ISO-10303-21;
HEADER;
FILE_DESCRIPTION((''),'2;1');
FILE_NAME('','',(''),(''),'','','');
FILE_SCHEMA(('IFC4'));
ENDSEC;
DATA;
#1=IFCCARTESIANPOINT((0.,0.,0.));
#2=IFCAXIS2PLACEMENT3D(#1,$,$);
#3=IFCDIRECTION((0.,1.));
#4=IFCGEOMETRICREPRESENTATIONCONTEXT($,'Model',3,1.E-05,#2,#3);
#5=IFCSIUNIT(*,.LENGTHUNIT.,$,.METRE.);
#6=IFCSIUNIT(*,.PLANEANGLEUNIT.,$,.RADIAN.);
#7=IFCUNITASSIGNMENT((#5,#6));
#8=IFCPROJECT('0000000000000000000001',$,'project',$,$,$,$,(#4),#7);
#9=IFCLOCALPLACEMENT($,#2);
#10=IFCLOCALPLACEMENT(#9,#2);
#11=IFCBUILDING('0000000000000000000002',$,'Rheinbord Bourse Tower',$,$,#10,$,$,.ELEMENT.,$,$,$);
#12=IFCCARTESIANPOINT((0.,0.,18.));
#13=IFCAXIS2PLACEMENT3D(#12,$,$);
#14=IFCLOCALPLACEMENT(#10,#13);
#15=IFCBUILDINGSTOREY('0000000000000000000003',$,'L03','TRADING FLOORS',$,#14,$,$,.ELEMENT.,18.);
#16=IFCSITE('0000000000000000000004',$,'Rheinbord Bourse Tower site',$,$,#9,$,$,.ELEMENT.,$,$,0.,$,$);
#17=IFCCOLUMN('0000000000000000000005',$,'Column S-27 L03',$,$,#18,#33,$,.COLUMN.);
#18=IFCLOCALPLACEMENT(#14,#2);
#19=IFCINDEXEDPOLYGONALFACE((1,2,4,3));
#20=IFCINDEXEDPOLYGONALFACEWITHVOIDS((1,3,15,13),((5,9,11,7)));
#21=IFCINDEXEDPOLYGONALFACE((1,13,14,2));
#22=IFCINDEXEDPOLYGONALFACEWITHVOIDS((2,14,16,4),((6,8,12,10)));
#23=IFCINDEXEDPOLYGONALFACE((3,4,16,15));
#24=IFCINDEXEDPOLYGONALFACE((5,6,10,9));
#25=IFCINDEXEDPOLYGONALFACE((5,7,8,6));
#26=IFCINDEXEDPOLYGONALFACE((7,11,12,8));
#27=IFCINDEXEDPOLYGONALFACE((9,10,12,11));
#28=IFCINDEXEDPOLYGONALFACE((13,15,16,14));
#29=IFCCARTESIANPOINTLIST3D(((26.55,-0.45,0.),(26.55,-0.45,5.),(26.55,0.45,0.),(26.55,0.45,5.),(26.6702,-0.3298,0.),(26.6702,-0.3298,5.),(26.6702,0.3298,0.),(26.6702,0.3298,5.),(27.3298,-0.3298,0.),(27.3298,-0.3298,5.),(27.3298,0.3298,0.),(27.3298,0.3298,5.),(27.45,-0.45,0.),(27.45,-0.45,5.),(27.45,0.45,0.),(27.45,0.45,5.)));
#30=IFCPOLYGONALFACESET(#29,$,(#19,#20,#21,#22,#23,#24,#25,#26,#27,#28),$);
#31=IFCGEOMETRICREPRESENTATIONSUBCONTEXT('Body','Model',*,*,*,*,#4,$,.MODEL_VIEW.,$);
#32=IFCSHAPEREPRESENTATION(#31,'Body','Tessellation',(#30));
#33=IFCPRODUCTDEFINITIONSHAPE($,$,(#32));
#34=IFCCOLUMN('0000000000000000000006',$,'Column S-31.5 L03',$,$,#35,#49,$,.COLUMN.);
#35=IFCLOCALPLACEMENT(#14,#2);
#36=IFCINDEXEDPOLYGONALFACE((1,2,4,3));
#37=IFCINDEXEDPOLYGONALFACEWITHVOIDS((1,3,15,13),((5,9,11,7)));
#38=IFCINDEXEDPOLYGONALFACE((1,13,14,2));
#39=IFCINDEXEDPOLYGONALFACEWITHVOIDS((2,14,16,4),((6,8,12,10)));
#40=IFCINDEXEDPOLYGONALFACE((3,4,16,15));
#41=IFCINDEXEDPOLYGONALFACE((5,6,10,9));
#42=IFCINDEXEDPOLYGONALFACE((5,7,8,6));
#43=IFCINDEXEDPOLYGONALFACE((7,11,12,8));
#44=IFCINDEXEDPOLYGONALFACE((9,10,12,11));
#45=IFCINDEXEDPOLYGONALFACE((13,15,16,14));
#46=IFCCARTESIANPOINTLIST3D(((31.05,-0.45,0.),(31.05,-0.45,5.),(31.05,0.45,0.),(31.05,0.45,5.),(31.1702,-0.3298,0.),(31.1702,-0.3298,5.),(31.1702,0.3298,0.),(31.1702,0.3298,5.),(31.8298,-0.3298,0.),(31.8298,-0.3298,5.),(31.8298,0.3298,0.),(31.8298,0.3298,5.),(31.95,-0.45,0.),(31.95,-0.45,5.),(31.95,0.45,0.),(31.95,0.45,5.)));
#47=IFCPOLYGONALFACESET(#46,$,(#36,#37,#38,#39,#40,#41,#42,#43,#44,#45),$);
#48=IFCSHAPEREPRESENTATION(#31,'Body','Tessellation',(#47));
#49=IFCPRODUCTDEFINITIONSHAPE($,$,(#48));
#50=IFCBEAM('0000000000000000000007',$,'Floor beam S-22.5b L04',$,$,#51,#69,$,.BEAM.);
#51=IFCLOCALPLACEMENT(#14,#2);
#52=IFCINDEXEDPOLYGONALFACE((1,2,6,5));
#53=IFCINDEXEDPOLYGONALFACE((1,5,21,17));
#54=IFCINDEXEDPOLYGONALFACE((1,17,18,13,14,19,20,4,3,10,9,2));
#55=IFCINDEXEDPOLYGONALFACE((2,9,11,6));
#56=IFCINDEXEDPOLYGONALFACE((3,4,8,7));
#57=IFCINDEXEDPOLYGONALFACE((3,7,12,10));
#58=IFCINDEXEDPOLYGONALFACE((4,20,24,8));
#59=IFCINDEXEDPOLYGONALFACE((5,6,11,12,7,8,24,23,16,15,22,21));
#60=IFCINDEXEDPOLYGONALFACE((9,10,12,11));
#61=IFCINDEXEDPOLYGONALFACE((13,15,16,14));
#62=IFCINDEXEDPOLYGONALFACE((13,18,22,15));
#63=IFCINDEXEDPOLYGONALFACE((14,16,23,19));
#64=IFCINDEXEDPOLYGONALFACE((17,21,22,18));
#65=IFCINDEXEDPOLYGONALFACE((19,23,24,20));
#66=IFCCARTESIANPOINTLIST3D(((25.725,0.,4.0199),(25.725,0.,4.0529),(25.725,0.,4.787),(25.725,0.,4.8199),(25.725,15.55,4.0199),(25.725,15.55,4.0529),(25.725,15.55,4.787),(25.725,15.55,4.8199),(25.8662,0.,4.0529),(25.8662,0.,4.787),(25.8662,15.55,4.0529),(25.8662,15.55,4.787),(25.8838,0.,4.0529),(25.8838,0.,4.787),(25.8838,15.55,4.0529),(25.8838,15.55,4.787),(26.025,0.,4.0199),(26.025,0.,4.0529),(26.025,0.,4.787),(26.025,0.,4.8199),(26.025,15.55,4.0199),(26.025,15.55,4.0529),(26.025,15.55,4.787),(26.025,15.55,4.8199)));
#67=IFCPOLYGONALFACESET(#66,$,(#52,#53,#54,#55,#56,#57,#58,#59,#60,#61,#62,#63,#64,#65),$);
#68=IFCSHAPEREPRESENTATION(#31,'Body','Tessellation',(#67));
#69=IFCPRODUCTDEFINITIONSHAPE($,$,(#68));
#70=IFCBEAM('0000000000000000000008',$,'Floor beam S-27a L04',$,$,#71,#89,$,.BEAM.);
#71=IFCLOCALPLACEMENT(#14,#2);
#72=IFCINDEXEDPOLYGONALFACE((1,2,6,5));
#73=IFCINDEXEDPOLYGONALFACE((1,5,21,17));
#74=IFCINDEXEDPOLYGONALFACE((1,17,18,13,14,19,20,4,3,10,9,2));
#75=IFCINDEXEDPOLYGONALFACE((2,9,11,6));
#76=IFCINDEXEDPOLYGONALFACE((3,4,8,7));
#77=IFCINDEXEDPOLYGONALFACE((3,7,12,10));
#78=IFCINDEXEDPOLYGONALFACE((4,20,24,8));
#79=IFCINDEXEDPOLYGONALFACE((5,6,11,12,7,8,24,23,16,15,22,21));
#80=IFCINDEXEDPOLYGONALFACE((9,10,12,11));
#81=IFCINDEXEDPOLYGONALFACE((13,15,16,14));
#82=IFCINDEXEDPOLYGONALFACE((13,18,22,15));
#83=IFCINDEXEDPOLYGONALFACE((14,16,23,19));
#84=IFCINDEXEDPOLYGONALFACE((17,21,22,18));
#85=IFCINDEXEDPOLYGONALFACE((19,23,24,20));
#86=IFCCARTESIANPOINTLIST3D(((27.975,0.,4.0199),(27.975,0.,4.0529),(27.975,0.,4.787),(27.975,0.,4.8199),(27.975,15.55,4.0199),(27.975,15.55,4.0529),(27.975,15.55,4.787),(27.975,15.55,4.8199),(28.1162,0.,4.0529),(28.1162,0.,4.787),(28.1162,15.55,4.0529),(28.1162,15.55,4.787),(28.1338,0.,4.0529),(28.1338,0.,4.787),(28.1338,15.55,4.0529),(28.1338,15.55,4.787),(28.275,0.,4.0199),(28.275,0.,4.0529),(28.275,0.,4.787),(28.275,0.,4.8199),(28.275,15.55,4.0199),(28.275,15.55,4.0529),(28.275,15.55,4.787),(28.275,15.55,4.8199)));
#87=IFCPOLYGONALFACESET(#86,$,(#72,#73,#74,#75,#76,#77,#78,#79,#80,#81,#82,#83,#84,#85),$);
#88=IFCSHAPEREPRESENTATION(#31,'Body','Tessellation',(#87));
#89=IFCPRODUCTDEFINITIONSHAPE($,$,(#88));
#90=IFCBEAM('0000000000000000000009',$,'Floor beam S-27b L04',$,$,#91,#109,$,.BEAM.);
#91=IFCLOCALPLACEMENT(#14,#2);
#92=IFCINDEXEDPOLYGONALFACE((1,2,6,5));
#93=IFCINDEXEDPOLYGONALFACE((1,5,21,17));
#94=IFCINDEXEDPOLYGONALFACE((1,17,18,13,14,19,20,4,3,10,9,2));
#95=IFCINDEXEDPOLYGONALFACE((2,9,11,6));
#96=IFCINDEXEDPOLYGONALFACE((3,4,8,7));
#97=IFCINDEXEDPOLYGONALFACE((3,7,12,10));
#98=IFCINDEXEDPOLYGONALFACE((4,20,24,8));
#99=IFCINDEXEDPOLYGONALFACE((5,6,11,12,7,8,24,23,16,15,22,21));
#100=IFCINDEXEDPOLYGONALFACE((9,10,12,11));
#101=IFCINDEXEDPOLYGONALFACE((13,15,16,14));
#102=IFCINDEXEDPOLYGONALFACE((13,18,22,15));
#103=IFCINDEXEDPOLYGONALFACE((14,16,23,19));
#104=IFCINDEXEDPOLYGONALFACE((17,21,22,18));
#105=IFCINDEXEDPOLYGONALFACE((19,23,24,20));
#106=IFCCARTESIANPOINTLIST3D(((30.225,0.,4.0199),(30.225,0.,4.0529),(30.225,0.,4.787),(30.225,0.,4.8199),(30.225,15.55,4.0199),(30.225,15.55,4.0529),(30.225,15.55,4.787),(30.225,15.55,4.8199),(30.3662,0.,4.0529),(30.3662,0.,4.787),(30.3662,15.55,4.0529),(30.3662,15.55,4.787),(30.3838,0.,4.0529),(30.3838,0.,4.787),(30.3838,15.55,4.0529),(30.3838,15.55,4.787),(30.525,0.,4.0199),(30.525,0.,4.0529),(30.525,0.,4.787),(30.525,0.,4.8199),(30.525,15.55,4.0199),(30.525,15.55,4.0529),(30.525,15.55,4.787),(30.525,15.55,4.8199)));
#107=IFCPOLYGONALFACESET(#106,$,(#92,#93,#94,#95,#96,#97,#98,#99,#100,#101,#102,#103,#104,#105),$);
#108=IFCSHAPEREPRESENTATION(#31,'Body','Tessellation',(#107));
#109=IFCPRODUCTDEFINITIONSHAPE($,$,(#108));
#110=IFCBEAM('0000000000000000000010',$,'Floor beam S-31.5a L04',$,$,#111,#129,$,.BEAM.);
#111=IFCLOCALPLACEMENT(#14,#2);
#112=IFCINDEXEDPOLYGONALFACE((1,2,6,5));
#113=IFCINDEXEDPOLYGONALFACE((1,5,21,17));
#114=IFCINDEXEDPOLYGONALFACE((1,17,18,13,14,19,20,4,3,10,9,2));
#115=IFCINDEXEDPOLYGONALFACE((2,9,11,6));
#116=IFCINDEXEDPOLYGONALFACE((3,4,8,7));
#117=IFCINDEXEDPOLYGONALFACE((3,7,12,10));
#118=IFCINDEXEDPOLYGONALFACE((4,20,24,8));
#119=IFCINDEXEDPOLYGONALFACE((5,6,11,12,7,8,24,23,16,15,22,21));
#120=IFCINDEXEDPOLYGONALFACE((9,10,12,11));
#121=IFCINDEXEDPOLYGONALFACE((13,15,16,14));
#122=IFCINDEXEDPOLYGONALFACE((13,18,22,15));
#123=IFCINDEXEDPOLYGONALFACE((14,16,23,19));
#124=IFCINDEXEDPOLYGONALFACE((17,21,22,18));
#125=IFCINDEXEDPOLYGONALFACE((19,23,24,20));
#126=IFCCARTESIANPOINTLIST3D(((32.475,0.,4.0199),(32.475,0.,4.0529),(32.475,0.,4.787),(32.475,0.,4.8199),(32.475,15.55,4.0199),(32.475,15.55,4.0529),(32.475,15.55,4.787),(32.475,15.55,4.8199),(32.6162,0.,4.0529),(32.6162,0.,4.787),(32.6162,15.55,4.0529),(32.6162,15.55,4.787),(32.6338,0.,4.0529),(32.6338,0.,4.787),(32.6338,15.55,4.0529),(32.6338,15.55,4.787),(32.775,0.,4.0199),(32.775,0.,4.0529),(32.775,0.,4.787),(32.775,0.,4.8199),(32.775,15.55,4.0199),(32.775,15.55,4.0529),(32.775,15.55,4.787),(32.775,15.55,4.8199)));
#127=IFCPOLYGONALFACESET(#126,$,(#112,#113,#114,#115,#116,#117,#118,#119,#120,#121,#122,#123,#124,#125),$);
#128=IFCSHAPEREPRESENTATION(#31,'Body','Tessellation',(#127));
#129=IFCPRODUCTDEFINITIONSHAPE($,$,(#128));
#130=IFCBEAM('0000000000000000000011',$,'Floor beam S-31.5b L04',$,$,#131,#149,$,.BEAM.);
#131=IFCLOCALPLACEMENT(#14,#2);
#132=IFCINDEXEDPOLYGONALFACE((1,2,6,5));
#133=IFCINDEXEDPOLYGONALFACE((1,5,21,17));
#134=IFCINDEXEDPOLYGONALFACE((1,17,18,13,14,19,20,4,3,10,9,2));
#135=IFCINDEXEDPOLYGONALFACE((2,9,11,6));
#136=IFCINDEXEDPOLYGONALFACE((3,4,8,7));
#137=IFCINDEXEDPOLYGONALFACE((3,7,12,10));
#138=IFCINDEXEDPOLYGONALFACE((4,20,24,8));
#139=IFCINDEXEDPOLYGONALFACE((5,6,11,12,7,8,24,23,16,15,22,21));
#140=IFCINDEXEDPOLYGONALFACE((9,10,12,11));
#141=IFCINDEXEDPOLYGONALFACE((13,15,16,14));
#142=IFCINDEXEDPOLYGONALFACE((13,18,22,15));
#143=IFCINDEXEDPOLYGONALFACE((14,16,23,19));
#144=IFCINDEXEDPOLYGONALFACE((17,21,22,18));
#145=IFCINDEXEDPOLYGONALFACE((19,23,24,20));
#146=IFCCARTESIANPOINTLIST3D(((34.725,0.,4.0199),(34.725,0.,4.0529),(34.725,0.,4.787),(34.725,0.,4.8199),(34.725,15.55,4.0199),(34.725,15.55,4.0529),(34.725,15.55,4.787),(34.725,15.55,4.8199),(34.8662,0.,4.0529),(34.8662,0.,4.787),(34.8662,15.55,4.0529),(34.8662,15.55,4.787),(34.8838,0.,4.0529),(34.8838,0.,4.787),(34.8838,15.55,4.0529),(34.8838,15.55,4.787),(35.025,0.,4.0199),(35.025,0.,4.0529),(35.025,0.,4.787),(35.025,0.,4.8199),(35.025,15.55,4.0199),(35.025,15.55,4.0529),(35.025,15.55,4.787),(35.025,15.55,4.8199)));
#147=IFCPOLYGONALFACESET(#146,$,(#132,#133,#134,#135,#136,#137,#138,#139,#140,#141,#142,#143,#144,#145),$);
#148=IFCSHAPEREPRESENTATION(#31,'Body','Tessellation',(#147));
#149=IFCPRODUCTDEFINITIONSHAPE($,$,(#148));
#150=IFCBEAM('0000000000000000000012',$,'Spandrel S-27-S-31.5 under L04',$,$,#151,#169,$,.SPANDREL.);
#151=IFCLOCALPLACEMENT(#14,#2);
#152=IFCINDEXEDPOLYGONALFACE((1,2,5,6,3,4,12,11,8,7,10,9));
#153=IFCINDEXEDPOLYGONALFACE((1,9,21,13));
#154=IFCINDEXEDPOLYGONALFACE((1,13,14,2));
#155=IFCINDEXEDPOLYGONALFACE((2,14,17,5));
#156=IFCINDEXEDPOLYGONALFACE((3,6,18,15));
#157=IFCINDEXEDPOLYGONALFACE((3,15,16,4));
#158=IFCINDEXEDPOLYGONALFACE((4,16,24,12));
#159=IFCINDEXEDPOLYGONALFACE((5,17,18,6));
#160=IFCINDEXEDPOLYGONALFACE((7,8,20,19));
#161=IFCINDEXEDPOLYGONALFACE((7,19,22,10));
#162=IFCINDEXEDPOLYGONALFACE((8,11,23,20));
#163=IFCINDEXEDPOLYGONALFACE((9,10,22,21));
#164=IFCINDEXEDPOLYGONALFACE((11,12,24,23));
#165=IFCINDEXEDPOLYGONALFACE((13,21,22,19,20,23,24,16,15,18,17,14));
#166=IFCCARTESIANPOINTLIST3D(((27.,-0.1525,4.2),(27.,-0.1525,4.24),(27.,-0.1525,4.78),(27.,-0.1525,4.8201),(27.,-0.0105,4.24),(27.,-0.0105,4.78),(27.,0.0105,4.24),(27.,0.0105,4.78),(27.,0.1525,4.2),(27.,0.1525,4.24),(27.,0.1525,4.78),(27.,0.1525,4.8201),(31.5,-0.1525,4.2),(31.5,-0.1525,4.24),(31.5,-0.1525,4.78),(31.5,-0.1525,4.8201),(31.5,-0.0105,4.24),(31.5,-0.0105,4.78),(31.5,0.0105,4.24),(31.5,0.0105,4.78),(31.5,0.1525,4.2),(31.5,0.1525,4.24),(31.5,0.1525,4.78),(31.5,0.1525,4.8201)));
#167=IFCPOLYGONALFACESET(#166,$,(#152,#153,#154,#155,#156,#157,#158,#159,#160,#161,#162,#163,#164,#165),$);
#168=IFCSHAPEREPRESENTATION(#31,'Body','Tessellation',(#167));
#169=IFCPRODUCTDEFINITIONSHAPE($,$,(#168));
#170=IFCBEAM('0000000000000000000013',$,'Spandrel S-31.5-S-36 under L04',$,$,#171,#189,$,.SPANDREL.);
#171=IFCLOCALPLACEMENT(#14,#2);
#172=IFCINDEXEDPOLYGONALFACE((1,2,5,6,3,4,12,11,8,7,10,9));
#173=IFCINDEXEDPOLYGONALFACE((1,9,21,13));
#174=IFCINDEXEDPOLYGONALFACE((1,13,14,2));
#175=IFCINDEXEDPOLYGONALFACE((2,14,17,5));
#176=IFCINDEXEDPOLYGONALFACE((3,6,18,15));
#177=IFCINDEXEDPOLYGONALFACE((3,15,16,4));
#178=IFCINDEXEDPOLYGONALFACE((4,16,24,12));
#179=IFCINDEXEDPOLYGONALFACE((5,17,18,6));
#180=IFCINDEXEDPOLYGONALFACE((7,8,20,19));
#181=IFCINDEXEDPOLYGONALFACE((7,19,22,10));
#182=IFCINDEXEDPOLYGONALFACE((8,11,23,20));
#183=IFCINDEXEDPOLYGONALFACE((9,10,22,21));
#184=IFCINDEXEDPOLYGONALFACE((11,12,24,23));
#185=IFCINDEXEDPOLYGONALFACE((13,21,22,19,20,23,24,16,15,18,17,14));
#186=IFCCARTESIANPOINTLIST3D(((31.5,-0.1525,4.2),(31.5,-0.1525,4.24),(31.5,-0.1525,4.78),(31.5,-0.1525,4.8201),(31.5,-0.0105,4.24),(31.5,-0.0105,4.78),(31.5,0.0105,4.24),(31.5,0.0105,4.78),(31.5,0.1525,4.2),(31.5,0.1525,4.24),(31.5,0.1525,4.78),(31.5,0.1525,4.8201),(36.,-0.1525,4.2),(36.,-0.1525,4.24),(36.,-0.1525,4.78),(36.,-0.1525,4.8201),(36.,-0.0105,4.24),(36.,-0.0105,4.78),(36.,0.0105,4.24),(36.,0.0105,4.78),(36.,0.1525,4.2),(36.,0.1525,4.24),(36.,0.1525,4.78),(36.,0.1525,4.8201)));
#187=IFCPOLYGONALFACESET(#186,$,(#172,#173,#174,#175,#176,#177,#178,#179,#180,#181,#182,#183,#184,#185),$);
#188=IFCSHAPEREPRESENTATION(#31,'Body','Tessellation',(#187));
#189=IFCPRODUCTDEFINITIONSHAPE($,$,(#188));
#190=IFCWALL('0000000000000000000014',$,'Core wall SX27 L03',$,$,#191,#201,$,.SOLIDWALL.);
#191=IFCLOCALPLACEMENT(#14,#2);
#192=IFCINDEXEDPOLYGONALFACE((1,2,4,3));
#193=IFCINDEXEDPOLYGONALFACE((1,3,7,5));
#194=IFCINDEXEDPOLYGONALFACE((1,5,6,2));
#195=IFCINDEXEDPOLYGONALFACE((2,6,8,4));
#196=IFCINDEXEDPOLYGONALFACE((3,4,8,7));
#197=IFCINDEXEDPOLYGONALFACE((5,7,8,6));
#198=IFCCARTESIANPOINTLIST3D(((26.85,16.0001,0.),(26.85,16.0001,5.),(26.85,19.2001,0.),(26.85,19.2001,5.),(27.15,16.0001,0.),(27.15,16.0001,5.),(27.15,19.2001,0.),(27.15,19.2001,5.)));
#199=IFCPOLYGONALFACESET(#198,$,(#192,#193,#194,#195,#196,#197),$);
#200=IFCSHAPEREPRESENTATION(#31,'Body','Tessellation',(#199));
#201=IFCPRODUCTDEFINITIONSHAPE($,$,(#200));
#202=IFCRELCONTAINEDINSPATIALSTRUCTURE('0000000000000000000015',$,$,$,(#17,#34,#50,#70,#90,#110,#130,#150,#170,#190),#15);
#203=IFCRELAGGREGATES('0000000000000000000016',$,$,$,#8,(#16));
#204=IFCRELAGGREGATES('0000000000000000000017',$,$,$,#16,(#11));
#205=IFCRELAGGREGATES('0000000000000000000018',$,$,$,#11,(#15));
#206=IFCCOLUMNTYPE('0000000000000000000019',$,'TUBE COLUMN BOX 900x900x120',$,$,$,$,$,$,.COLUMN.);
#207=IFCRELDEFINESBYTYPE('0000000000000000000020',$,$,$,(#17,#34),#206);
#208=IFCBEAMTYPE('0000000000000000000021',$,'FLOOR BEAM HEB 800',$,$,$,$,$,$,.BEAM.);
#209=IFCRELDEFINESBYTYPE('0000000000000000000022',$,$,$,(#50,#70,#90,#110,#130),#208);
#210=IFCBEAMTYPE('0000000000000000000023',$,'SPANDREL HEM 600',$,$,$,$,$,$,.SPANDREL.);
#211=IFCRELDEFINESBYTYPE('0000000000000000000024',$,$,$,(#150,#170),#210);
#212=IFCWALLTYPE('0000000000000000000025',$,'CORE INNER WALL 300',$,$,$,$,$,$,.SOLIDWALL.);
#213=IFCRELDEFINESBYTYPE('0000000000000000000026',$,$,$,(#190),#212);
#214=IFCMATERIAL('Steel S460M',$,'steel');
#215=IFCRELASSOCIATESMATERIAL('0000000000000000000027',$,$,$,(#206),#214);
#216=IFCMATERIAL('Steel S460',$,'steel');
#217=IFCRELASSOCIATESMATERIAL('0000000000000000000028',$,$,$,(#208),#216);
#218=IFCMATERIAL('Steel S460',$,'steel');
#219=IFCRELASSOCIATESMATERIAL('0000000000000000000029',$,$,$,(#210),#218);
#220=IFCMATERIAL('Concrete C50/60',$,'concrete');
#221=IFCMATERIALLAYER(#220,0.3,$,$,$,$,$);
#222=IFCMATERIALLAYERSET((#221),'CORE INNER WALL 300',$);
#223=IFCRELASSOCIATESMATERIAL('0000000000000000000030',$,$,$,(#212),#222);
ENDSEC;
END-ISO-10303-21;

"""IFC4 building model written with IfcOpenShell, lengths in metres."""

from ifc_helpers import new_model, si_unit, direction, frame, frame_2d, origin, origin_2d, place, context, subcontext, project, spatial, rectangle, hollow_rectangle, i_section, extrude, material, layer, layer_set, material_profile, profile_set, type_object, element, save


model = new_model("IFC4")

# Units and contexts
model_context = context("Model", 3, precision=1e-05, world=origin(), true_north=direction((0.0, 1.0)))
body_context = subcontext(model_context, "Body", "Model", "MODEL_VIEW")
ifc_project = project(units=[si_unit("LENGTHUNIT", "METRE"), si_unit("PLANEANGLEUNIT", "RADIAN")], contexts=[model_context])

# Site, building, storey
site_placement = place(None, origin())
site = spatial("IfcSite", under=ifc_project, at=site_placement, Name="Rheinbord Bourse Tower site", CompositionType="ELEMENT", RefElevation=0.0)
building_placement = place(site_placement, origin())
building = spatial("IfcBuilding", under=site, at=building_placement, Name="Rheinbord Bourse Tower", CompositionType="ELEMENT")
storey_placement = place(building_placement, frame((0.0, 0.0, 18.0)))
storey = spatial("IfcBuildingStorey", under=building, at=storey_placement, Name="L03", Description="TRADING FLOORS", CompositionType="ELEMENT", Elevation=18.0)

# Columns
ifc_material_1 = material(Name="Steel S460M", Category="steel")
ifc_material_profile_1 = material_profile(ifc_material_1, hollow_rectangle(XDim=0.8999, YDim=0.8999, WallThickness=0.1201, at=origin_2d()), Name="BOX 900x900x120")
ifc_profile_set_1 = profile_set([ifc_material_profile_1], Name="Steel S460M")
column_type = type_object("IfcColumnType", Name="TUBE COLUMN BOX 900x900x120", PredefinedType="COLUMN", material=ifc_profile_set_1)
for number, where, z_axis, x_axis, name in (
    (1, (27.0, 0.0, 0.0), (0.0, 0.0, 1.0), (0.0, 1.0, 0.0), "Column S-27 L03"),
    (2, (31.5, 0.0, 0.0), (0.0, 0.0, 1.0), (0.0, 1.0, 0.0), "Column S-31.5 L03"),
):
    element("IfcColumn", number, at=place(storey_placement, frame(where, z_axis=z_axis, x_axis=x_axis)), inside=storey, type_object=column_type, Name=name, PredefinedType="COLUMN", context=body_context, shape_type="SweptSolid", body=[
        extrude(hollow_rectangle(XDim=0.8999, YDim=0.8999, WallThickness=0.1201, at=origin_2d()), origin(), (0.0, 0.0, 1.0), 5.0),
    ])

# Beams
ifc_material_2 = material(Name="Steel S460", Category="steel")
ifc_material_profile_2 = material_profile(ifc_material_2, i_section(OverallWidth=0.3, OverallDepth=0.8, WebThickness=0.0176, FlangeThickness=0.033, at=origin_2d()), Name="HEB 800")
ifc_profile_set_2 = profile_set([ifc_material_profile_2], Name="Steel S460")
beam_type_1 = type_object("IfcBeamType", Name="FLOOR BEAM HEB 800", PredefinedType="BEAM", material=ifc_profile_set_2)
for number, where, z_axis, x_axis, name in (
    (3, (25.875, 0.0, 4.4199), (0.0, 1.0, 0.0), (-1.0, 0.0, 0.0), "Floor beam S-22.5b L04"),
    (4, (28.125, 0.0, 4.4199), (0.0, 1.0, 0.0), (-1.0, 0.0, 0.0), "Floor beam S-27a L04"),
    (5, (30.375, 0.0, 4.4199), (0.0, 1.0, 0.0), (-1.0, 0.0, 0.0), "Floor beam S-27b L04"),
    (6, (32.625, 0.0, 4.4199), (0.0, 1.0, 0.0), (-1.0, 0.0, 0.0), "Floor beam S-31.5a L04"),
    (7, (34.875, 0.0, 4.4199), (0.0, 1.0, 0.0), (-1.0, 0.0, 0.0), "Floor beam S-31.5b L04"),
):
    element("IfcBeam", number, at=place(storey_placement, frame(where, z_axis=z_axis, x_axis=x_axis)), inside=storey, type_object=beam_type_1, Name=name, PredefinedType="BEAM", context=body_context, shape_type="SweptSolid", body=[
        extrude(i_section(OverallWidth=0.3, OverallDepth=0.8, WebThickness=0.0176, FlangeThickness=0.033, at=origin_2d()), origin(), (0.0, 0.0, 1.0), 15.55),
    ])
ifc_material_3 = material(Name="Steel S460", Category="steel")
ifc_material_profile_3 = material_profile(ifc_material_3, i_section(OverallWidth=0.3049, OverallDepth=0.6201, WebThickness=0.021, FlangeThickness=0.04, at=origin_2d()), Name="HEM 600")
ifc_profile_set_3 = profile_set([ifc_material_profile_3], Name="Steel S460")
beam_type_2 = type_object("IfcBeamType", Name="SPANDREL HEM 600", PredefinedType="SPANDREL", material=ifc_profile_set_3)
for number, where, z_axis, x_axis, name in (
    (8, (27.0, 0.0, 4.51), (1.0, 0.0, 0.0), (0.0, 1.0, 0.0), "Spandrel S-27-S-31.5 under L04"),
    (9, (31.5, 0.0, 4.51), (1.0, 0.0, 0.0), (0.0, 1.0, 0.0), "Spandrel S-31.5-S-36 under L04"),
):
    element("IfcBeam", number, at=place(storey_placement, frame(where, z_axis=z_axis, x_axis=x_axis)), inside=storey, type_object=beam_type_2, Name=name, PredefinedType="SPANDREL", context=body_context, shape_type="SweptSolid", body=[
        extrude(i_section(OverallWidth=0.3049, OverallDepth=0.6201, WebThickness=0.021, FlangeThickness=0.04, at=origin_2d()), origin(), (0.0, 0.0, 1.0), 4.5),
    ])

# Wall
ifc_material_4 = material(Name="Concrete C50/60", Category="concrete")
ifc_layer_1 = layer(ifc_material_4, 0.3)
ifc_layer_set_1 = layer_set([ifc_layer_1], Name="CORE INNER WALL 300")
wall_type_1 = type_object("IfcWallType", Name="CORE INNER WALL 300", PredefinedType="SOLIDWALL", material=ifc_layer_set_1)
for number, where, z_axis, x_axis, name in (
    (10, (27.0, 16.0, 0.0), (0.0, 0.0, 1.0), (0.0, 1.0, 0.0), "Core wall SX27 L03"),
):
    element("IfcWall", number, at=place(storey_placement, frame(where, z_axis=z_axis, x_axis=x_axis)), inside=storey, type_object=wall_type_1, Name=name, PredefinedType="SOLIDWALL", context=body_context, shape_type="SweptSolid", body=[
        extrude(rectangle(XDim=3.2, YDim=0.3, at=frame_2d((1.6001, 0.0))), origin(), (0.0, 0.0, 1.0), 5.0),
    ])

save(model, "model.ifc")
